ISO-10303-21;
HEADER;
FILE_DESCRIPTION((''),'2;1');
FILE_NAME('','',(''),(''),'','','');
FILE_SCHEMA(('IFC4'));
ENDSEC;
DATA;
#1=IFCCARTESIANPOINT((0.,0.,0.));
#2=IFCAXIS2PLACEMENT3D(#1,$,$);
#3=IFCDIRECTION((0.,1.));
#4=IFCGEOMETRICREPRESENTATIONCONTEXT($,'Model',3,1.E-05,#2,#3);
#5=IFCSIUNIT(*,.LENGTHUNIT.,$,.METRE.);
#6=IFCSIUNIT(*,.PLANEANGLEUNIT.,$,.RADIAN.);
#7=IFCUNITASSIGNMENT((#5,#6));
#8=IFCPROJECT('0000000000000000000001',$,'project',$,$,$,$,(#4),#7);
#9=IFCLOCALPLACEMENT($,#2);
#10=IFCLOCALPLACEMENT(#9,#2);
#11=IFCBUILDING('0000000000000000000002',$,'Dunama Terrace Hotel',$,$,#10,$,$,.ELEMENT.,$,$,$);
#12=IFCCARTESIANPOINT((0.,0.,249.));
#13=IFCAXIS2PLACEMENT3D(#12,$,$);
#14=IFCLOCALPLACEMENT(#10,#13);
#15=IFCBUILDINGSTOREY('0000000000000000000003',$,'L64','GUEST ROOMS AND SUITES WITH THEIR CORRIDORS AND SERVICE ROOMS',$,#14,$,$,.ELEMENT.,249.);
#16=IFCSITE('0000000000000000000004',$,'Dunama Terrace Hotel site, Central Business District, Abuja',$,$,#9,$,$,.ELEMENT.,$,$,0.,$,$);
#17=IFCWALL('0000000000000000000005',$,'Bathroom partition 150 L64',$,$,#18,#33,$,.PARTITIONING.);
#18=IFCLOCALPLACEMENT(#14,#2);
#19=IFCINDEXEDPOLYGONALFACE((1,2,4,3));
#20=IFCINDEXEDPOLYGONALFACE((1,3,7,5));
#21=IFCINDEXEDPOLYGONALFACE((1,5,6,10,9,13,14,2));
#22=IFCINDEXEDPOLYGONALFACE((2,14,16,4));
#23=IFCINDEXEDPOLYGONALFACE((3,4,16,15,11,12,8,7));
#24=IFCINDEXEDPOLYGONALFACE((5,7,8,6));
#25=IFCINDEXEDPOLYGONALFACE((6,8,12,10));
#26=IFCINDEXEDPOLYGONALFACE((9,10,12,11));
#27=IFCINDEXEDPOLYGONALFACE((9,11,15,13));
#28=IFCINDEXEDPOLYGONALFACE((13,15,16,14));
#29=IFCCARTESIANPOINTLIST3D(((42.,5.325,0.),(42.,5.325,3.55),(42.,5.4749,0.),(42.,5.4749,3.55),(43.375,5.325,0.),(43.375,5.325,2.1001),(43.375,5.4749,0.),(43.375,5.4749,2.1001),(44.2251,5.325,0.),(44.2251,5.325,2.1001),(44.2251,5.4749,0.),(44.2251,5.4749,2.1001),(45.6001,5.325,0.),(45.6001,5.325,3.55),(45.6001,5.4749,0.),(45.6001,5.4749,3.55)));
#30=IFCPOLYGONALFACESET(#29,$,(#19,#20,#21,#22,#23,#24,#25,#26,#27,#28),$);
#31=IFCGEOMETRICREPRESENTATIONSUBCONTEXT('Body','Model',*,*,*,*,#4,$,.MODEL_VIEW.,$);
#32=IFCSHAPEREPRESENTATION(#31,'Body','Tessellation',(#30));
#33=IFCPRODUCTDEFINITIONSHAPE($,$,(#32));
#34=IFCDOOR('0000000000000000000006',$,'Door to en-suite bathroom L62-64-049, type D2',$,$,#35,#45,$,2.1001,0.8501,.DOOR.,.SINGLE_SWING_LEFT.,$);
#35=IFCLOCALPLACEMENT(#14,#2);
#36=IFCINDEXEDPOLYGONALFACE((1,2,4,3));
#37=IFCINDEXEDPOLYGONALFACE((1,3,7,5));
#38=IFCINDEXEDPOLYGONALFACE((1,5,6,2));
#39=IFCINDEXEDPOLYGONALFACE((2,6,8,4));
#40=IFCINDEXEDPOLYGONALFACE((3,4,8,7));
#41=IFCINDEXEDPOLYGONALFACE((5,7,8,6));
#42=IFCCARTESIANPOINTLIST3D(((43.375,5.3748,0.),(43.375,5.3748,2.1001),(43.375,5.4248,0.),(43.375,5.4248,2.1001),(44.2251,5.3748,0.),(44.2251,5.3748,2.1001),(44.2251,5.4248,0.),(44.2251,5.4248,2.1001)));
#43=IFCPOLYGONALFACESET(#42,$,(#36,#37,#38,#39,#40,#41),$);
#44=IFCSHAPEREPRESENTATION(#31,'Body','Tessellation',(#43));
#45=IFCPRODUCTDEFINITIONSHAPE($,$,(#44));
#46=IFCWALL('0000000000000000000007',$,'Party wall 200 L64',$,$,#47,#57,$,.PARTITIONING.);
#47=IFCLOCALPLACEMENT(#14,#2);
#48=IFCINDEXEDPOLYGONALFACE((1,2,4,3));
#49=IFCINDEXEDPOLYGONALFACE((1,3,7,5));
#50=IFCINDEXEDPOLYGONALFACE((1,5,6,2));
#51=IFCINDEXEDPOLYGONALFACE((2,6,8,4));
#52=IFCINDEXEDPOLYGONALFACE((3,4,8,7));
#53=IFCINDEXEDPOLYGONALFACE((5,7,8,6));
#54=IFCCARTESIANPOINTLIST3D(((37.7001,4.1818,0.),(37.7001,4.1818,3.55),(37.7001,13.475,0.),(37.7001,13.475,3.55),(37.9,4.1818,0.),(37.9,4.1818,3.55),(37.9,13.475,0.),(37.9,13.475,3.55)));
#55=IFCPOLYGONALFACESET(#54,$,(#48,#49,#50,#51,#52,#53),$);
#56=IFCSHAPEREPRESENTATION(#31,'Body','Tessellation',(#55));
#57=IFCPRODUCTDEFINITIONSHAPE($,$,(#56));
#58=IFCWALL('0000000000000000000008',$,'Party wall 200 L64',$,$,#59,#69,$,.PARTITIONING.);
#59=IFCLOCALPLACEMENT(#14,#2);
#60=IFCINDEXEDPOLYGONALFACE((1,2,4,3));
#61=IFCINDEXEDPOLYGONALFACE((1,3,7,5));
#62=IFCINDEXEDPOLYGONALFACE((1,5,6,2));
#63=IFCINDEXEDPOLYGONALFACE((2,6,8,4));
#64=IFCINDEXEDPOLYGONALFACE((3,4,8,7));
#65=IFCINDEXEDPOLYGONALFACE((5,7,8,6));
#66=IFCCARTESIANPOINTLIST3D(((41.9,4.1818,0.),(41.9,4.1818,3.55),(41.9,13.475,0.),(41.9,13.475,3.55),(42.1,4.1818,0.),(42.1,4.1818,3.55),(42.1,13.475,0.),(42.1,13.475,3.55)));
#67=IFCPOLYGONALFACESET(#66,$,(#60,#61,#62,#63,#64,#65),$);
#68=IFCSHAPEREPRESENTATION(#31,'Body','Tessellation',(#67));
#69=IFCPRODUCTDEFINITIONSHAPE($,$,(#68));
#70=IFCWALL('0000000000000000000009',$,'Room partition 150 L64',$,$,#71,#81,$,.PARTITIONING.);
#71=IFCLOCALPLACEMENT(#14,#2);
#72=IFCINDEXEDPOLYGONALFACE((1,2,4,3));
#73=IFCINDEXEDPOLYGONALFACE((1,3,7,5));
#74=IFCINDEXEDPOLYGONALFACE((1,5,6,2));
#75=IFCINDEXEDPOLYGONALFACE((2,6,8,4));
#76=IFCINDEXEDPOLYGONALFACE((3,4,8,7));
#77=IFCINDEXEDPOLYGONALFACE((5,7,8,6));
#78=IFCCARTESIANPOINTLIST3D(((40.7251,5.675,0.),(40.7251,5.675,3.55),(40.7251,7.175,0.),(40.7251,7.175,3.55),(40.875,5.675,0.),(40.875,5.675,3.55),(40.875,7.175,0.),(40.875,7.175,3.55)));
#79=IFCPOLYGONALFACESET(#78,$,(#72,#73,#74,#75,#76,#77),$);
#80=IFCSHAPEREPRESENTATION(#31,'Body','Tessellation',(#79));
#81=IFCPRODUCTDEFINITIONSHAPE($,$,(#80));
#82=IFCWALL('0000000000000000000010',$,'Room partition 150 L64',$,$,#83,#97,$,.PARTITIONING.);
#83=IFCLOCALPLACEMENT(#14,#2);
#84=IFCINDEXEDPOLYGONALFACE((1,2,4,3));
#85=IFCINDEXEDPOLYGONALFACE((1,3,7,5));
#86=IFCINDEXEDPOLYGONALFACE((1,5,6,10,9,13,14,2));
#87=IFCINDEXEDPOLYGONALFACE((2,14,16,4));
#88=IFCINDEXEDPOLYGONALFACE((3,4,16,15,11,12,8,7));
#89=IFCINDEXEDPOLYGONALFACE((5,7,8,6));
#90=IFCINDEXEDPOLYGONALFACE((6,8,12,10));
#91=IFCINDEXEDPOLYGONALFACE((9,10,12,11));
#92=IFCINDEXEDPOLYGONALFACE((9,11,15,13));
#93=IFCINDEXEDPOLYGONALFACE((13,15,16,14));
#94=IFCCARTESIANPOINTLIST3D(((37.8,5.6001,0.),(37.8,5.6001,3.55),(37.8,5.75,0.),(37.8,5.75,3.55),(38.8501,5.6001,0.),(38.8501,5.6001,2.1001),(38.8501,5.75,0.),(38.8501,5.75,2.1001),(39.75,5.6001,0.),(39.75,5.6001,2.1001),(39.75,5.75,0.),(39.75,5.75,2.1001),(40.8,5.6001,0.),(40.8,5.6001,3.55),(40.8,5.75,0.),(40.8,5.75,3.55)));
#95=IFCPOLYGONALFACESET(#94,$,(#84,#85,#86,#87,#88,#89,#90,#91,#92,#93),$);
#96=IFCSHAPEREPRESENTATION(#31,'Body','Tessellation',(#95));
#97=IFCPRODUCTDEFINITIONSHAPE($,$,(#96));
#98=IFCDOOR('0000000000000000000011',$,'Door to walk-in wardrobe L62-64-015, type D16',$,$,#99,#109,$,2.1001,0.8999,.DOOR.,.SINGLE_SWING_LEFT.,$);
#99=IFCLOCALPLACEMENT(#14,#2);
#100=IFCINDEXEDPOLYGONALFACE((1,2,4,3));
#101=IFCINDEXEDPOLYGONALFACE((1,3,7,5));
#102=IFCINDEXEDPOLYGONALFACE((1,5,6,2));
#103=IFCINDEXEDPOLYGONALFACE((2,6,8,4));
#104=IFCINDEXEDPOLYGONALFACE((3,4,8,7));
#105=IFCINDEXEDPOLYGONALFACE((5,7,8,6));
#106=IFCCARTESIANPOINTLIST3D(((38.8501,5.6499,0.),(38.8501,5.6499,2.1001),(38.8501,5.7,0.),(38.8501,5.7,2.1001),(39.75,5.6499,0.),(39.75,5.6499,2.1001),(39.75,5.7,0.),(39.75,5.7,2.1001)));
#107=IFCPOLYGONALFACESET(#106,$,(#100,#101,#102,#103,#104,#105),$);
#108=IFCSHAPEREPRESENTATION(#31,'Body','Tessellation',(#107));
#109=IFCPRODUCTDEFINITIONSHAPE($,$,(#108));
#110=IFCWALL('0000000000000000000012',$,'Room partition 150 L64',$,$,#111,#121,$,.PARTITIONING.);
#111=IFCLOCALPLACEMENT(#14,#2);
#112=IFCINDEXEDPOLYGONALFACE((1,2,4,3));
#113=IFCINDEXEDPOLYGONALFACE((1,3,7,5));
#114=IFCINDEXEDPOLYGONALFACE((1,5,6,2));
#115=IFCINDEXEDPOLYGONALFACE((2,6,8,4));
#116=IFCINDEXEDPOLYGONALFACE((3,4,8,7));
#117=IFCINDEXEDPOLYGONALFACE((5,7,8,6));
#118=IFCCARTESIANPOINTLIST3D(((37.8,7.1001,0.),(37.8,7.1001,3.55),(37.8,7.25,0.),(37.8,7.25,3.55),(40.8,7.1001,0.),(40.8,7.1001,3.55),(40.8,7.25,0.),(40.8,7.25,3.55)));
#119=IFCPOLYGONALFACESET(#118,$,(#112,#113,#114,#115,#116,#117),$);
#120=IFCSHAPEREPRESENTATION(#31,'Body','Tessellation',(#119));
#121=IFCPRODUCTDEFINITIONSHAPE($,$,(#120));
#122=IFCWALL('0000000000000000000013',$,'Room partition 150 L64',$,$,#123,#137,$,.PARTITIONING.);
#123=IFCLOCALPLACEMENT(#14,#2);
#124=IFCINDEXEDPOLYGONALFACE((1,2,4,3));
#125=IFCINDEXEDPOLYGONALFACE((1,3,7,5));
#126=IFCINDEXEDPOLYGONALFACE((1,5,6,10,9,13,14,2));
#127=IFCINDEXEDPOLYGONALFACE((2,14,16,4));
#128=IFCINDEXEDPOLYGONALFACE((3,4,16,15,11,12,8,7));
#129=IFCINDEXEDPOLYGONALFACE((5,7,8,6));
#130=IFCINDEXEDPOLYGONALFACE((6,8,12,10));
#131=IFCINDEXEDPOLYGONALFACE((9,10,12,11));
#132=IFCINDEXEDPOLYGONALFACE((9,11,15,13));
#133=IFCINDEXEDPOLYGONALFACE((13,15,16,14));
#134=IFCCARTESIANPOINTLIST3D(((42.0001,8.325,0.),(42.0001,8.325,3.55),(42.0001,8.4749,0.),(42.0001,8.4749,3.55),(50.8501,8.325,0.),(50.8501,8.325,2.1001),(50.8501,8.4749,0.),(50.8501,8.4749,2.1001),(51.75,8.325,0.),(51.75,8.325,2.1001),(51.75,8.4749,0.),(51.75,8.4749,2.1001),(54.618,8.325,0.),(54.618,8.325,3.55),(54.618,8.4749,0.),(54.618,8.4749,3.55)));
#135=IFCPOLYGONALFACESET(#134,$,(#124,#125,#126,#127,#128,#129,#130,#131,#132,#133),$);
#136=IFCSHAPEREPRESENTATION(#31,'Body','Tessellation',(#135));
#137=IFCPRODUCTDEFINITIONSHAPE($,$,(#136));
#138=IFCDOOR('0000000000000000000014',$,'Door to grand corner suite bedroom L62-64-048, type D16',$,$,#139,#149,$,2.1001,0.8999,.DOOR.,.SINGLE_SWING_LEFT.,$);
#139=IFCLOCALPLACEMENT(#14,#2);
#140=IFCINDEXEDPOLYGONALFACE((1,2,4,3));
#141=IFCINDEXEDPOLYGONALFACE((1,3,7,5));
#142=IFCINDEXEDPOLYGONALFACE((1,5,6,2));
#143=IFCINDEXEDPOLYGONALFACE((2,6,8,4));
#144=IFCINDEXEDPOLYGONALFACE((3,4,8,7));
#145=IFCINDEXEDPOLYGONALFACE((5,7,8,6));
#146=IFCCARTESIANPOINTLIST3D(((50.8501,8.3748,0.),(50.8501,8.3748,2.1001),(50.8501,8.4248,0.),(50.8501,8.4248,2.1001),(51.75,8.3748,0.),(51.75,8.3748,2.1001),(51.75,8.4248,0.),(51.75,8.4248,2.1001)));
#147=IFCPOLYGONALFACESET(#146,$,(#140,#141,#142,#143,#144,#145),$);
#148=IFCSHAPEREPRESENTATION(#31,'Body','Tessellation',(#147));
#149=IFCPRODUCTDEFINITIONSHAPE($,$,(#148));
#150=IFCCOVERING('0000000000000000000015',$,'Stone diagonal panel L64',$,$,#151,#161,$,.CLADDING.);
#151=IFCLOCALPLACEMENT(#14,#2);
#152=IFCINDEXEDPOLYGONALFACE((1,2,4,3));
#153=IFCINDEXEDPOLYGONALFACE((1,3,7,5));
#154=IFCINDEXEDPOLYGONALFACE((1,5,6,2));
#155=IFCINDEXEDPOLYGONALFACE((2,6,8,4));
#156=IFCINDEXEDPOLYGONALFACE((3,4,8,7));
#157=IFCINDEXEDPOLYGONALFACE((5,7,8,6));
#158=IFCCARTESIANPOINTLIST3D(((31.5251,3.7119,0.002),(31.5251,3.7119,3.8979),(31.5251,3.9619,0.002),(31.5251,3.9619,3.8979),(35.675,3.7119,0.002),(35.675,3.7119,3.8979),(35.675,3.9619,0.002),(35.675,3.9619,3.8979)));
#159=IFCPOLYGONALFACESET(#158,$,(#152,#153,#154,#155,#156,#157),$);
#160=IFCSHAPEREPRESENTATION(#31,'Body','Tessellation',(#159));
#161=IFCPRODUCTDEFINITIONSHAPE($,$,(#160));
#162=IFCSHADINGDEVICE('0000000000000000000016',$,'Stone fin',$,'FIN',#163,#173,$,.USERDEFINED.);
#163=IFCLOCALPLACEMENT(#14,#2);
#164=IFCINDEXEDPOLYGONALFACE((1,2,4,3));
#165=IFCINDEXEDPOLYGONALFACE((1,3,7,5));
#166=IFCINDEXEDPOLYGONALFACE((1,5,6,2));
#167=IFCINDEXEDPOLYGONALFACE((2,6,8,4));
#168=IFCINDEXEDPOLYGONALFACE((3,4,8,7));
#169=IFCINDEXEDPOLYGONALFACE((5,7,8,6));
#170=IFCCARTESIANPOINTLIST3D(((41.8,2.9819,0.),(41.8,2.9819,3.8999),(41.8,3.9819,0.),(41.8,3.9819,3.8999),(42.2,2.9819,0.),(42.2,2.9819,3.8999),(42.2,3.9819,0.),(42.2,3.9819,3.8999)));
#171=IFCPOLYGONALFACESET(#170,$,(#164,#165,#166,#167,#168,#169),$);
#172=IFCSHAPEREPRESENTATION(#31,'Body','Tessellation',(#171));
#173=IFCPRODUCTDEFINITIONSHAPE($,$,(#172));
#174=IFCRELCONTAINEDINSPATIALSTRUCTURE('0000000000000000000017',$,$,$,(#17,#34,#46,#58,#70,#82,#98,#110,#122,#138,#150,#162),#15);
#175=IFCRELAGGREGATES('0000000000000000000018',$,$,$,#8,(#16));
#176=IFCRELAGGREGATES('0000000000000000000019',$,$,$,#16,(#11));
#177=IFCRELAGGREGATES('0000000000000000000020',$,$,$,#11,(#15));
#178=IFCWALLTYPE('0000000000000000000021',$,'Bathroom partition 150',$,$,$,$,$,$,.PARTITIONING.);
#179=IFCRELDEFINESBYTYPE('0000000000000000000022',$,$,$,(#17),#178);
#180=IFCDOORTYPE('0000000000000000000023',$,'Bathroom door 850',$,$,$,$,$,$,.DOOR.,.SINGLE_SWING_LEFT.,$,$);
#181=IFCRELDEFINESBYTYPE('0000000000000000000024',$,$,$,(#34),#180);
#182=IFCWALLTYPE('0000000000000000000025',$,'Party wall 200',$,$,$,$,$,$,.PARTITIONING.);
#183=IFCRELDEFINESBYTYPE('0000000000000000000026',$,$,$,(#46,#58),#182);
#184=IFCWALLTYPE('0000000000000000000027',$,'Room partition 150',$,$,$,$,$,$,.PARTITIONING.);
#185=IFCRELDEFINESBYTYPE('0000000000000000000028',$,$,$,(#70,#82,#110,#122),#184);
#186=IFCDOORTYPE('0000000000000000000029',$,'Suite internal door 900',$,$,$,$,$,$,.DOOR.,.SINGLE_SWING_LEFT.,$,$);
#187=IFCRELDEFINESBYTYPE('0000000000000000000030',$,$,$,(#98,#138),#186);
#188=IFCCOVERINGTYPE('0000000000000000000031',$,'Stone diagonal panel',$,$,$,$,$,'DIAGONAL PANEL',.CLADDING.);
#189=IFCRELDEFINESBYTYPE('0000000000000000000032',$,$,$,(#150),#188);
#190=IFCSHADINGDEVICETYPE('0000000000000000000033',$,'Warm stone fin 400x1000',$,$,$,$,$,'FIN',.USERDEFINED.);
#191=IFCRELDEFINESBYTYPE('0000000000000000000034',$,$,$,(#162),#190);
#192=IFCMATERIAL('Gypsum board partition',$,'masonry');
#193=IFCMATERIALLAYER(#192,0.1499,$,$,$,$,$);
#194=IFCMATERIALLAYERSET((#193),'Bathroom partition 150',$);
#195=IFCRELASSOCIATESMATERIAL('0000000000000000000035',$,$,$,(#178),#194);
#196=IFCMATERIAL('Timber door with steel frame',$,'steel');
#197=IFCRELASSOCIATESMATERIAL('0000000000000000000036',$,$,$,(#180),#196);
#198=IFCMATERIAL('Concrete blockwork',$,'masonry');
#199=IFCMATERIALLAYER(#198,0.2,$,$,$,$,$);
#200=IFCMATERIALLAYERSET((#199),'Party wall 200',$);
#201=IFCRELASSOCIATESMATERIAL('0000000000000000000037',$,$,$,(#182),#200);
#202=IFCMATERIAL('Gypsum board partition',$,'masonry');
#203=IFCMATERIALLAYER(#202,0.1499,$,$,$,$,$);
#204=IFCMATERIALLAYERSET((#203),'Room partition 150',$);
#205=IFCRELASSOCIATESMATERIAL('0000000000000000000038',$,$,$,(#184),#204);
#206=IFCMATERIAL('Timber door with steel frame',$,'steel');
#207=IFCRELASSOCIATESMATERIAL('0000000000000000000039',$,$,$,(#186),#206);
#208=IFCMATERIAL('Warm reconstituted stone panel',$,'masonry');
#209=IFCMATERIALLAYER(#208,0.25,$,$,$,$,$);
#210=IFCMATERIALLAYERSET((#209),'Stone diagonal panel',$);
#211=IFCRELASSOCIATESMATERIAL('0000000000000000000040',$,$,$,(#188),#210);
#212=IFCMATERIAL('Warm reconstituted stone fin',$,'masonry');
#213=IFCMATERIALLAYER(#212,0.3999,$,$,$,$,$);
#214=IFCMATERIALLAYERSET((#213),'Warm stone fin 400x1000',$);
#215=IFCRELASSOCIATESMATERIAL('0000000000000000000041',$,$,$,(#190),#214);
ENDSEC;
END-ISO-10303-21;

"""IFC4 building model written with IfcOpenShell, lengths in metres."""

from ifc_helpers import new_model, si_unit, direction, frame, frame_2d, origin, origin_2d, place, context, subcontext, project, spatial, rectangle, extrude, material, layer, layer_set, type_object, element, fill, save


model = new_model("IFC4")

# Units and contexts
model_context = context("Model", 3, precision=1e-05, world=origin(), true_north=direction((0.0, 1.0)))
body_context = subcontext(model_context, "Body", "Model", "MODEL_VIEW")
ifc_project = project(units=[si_unit("LENGTHUNIT", "METRE"), si_unit("PLANEANGLEUNIT", "RADIAN")], contexts=[model_context])

# Site, building, storey
site_placement = place(None, origin())
site = spatial("IfcSite", under=ifc_project, at=site_placement, Name="Dunama Terrace Hotel site, Central Business District, Abuja", CompositionType="ELEMENT", RefElevation=0.0)
building_placement = place(site_placement, origin())
building = spatial("IfcBuilding", under=site, at=building_placement, Name="Dunama Terrace Hotel", CompositionType="ELEMENT")
storey_placement = place(building_placement, frame((0.0, 0.0, 249.0)))
storey = spatial("IfcBuildingStorey", under=building, at=storey_placement, Name="L64", Description="GUEST ROOMS AND SUITES WITH THEIR CORRIDORS AND SERVICE ROOMS", CompositionType="ELEMENT", Elevation=249.0)

# Wall, opening, door
ifc_material_1 = material(Name="Gypsum board partition", Category="masonry")
ifc_layer_1 = layer(ifc_material_1, 0.1499)
ifc_layer_set_1 = layer_set([ifc_layer_1], Name="Bathroom partition 150")
wall_type_1 = type_object("IfcWallType", Name="Bathroom partition 150", PredefinedType="PARTITIONING", material=ifc_layer_set_1)
ifc_material_2 = material(Name="Timber door with steel frame", Category="steel")
door_type_1 = type_object("IfcDoorType", Name="Bathroom door 850", OperationType="SINGLE_SWING_LEFT", PredefinedType="DOOR", material=ifc_material_2)
wall_1_placement = place(storey_placement, frame((42.0, 5.3999, 0.0), z_axis=(0.0, 0.0, 1.0), x_axis=(1.0, 0.0, 0.0)))
wall_1 = element("IfcWall", 1, at=wall_1_placement, inside=storey, type_object=wall_type_1, Name="Bathroom partition 150 L64", PredefinedType="PARTITIONING", context=body_context, shape_type="SweptSolid", body=[
    extrude(rectangle(XDim=3.6001, YDim=0.1499, at=frame_2d((1.8, 0.0))), origin(), (0.0, 0.0, 1.0), 3.55),
])
opening_1_placement = place(wall_1_placement, frame((1.375, 0.0, 0.0)))
opening_1 = element("IfcOpeningElement", 2, at=opening_1_placement, cuts=wall_1, PredefinedType="OPENING", context=body_context, shape_type="SweptSolid", body=[
    extrude(rectangle(XDim=0.8501, YDim=2.1001, at=frame_2d((0.425, 1.05))), frame((0.0, 0.085, 0.0), z_axis=(0.0, -1.0, 0.0), x_axis=(1.0, 0.0, 0.0)), (0.0, 0.0, 1.0), 0.1699),
])
door_1_placement = place(opening_1_placement, origin())
door_1 = element("IfcDoor", 3, at=door_1_placement, inside=storey, type_object=door_type_1, Name="Door to en-suite bathroom L62-64-049, type D2", OperationType="SINGLE_SWING_LEFT", OverallHeight=2.1001, OverallWidth=0.8501, PredefinedType="DOOR", context=body_context, shape_type="SweptSolid", body=[
    extrude(rectangle(XDim=0.8501, YDim=2.1001, at=frame_2d((0.425, 1.05))), frame((0.0, 0.0249, 0.0), z_axis=(0.0, -1.0, 0.0), x_axis=(1.0, 0.0, 0.0)), (0.0, 0.0, 1.0), 0.05),
])
fill(opening_1, door_1)

# Walls
ifc_material_3 = material(Name="Concrete blockwork", Category="masonry")
ifc_layer_2 = layer(ifc_material_3, 0.2)
ifc_layer_set_2 = layer_set([ifc_layer_2], Name="Party wall 200")
wall_type_2 = type_object("IfcWallType", Name="Party wall 200", PredefinedType="PARTITIONING", material=ifc_layer_set_2)
for number, where, z_axis, x_axis, name in (
    (4, (37.8, 4.1819, 0.0), (0.0, 0.0, 1.0), (0.0, 1.0, 0.0), "Party wall 200 L64"),
    (5, (42.0, 4.1819, 0.0), (0.0, 0.0, 1.0), (0.0, 1.0, 0.0), "Party wall 200 L64"),
):
    element("IfcWall", number, at=place(storey_placement, frame(where, z_axis=z_axis, x_axis=x_axis)), inside=storey, type_object=wall_type_2, Name=name, PredefinedType="PARTITIONING", context=body_context, shape_type="SweptSolid", body=[
        extrude(rectangle(XDim=9.2932, YDim=0.2, at=frame_2d((4.6465, 0.0))), origin(), (0.0, 0.0, 1.0), 3.55),
    ])
ifc_material_4 = material(Name="Gypsum board partition", Category="masonry")
ifc_layer_3 = layer(ifc_material_4, 0.1499)
ifc_layer_set_3 = layer_set([ifc_layer_3], Name="Room partition 150")
wall_type_3 = type_object("IfcWallType", Name="Room partition 150", PredefinedType="PARTITIONING", material=ifc_layer_set_3)
wall_2_placement = place(storey_placement, frame((40.8, 5.675, 0.0), z_axis=(0.0, 0.0, 1.0), x_axis=(0.0, 1.0, 0.0)))
element("IfcWall", 6, at=wall_2_placement, inside=storey, type_object=wall_type_3, Name="Room partition 150 L64", PredefinedType="PARTITIONING", context=body_context, shape_type="SweptSolid", body=[
    extrude(rectangle(XDim=1.5, YDim=0.1499, at=frame_2d((0.75, 0.0))), origin(), (0.0, 0.0, 1.0), 3.55),
])

# Wall, opening, door
wall_3_placement = place(storey_placement, frame((37.8, 5.675, 0.0), z_axis=(0.0, 0.0, 1.0), x_axis=(1.0, 0.0, 0.0)))
wall_3 = element("IfcWall", 7, at=wall_3_placement, inside=storey, type_object=wall_type_3, Name="Room partition 150 L64", PredefinedType="PARTITIONING", context=body_context, shape_type="SweptSolid", body=[
    extrude(rectangle(XDim=3.0, YDim=0.1499, at=frame_2d((1.5, 0.0))), origin(), (0.0, 0.0, 1.0), 3.55),
])
opening_2_placement = place(wall_3_placement, frame((1.05, 0.0, 0.0)))
opening_2 = element("IfcOpeningElement", 8, at=opening_2_placement, cuts=wall_3, PredefinedType="OPENING", context=body_context, shape_type="SweptSolid", body=[
    extrude(rectangle(XDim=0.8999, YDim=2.1001, at=frame_2d((0.45, 1.05))), frame((0.0, 0.085, 0.0), z_axis=(0.0, -1.0, 0.0), x_axis=(1.0, 0.0, 0.0)), (0.0, 0.0, 1.0), 0.1699),
])
ifc_material_5 = material(Name="Timber door with steel frame", Category="steel")
door_type_2 = type_object("IfcDoorType", Name="Suite internal door 900", OperationType="SINGLE_SWING_LEFT", PredefinedType="DOOR", material=ifc_material_5)
door_2_placement = place(opening_2_placement, origin())
door_2 = element("IfcDoor", 9, at=door_2_placement, inside=storey, type_object=door_type_2, Name="Door to walk-in wardrobe L62-64-015, type D16", OperationType="SINGLE_SWING_LEFT", OverallHeight=2.1001, OverallWidth=0.8999, PredefinedType="DOOR", context=body_context, shape_type="SweptSolid", body=[
    extrude(rectangle(XDim=0.8999, YDim=2.1001, at=frame_2d((0.45, 1.05))), frame((0.0, 0.0249, 0.0), z_axis=(0.0, -1.0, 0.0), x_axis=(1.0, 0.0, 0.0)), (0.0, 0.0, 1.0), 0.05),
])
fill(opening_2, door_2)

# Wall
wall_4_placement = place(storey_placement, frame((37.8, 7.175, 0.0), z_axis=(0.0, 0.0, 1.0), x_axis=(1.0, 0.0, 0.0)))
element("IfcWall", 10, at=wall_4_placement, inside=storey, type_object=wall_type_3, Name="Room partition 150 L64", PredefinedType="PARTITIONING", context=body_context, shape_type="SweptSolid", body=[
    extrude(rectangle(XDim=3.0, YDim=0.1499, at=frame_2d((1.5, 0.0))), origin(), (0.0, 0.0, 1.0), 3.55),
])

# Wall, opening, door
wall_5_placement = place(storey_placement, frame((42.0, 8.3999, 0.0), z_axis=(0.0, 0.0, 1.0), x_axis=(1.0, 0.0, 0.0)))
wall_5 = element("IfcWall", 11, at=wall_5_placement, inside=storey, type_object=wall_type_3, Name="Room partition 150 L64", PredefinedType="PARTITIONING", context=body_context, shape_type="SweptSolid", body=[
    extrude(rectangle(XDim=12.6179, YDim=0.1499, at=frame_2d((6.3091, 0.0))), origin(), (0.0, 0.0, 1.0), 3.55),
])
opening_3_placement = place(wall_5_placement, frame((8.8501, 0.0, 0.0)))
opening_3 = element("IfcOpeningElement", 12, at=opening_3_placement, cuts=wall_5, PredefinedType="OPENING", context=body_context, shape_type="SweptSolid", body=[
    extrude(rectangle(XDim=0.8999, YDim=2.1001, at=frame_2d((0.45, 1.05))), frame((0.0, 0.085, 0.0), z_axis=(0.0, -1.0, 0.0), x_axis=(1.0, 0.0, 0.0)), (0.0, 0.0, 1.0), 0.1699),
])
door_3_placement = place(opening_3_placement, frame((0.8999, 0.0, 0.0), z_axis=(0.0, 0.0, 1.0), x_axis=(-1.0, 0.0, 0.0)))
door_3 = element("IfcDoor", 13, at=door_3_placement, inside=storey, type_object=door_type_2, Name="Door to grand corner suite bedroom L62-64-048, type D16", OperationType="SINGLE_SWING_LEFT", OverallHeight=2.1001, OverallWidth=0.8999, PredefinedType="DOOR", context=body_context, shape_type="SweptSolid", body=[
    extrude(rectangle(XDim=0.8999, YDim=2.1001, at=frame_2d((0.45, 1.05))), frame((0.0, 0.0251, 0.0), z_axis=(0.0, -1.0, 0.0), x_axis=(1.0, 0.0, 0.0)), (0.0, 0.0, 1.0), 0.05),
])
fill(opening_3, door_3)

# Covering
ifc_material_6 = material(Name="Warm reconstituted stone panel", Category="masonry")
ifc_layer_4 = layer(ifc_material_6, 0.25)
ifc_layer_set_4 = layer_set([ifc_layer_4], Name="Stone diagonal panel")
covering_type = type_object("IfcCoveringType", Name="Stone diagonal panel", ElementType="DIAGONAL PANEL", PredefinedType="CLADDING", material=ifc_layer_set_4)
covering_placement = place(storey_placement, frame((33.6001, 3.8369, 0.002), z_axis=(0.0, 0.0, 1.0), x_axis=(1.0, 0.0, 0.0)))
element("IfcCovering", 14, at=covering_placement, inside=storey, type_object=covering_type, Name="Stone diagonal panel L64", PredefinedType="CLADDING", context=body_context, shape_type="SweptSolid", body=[
    extrude(rectangle(XDim=4.1499, YDim=0.25, at=origin_2d()), origin(), (0.0, 0.0, 1.0), 3.896),
])

# Shading device
ifc_material_7 = material(Name="Warm reconstituted stone fin", Category="masonry")
ifc_layer_5 = layer(ifc_material_7, 0.3999)
ifc_layer_set_5 = layer_set([ifc_layer_5], Name="Warm stone fin 400x1000")
shading_device_type = type_object("IfcShadingDeviceType", Name="Warm stone fin 400x1000", ElementType="FIN", PredefinedType="USERDEFINED", material=ifc_layer_set_5)
shading_device_placement = place(storey_placement, frame((42.0, 3.4819, 0.0), z_axis=(0.0, 0.0, 1.0), x_axis=(1.0, 0.0, 0.0)))
element("IfcShadingDevice", 15, at=shading_device_placement, inside=storey, type_object=shading_device_type, Name="Stone fin", ObjectType="FIN", PredefinedType="USERDEFINED", context=body_context, shape_type="SweptSolid", body=[
    extrude(rectangle(XDim=0.3999, YDim=1.0, at=origin_2d()), origin(), (0.0, 0.0, 1.0), 3.8999),
])

save(model, "model.ifc")
